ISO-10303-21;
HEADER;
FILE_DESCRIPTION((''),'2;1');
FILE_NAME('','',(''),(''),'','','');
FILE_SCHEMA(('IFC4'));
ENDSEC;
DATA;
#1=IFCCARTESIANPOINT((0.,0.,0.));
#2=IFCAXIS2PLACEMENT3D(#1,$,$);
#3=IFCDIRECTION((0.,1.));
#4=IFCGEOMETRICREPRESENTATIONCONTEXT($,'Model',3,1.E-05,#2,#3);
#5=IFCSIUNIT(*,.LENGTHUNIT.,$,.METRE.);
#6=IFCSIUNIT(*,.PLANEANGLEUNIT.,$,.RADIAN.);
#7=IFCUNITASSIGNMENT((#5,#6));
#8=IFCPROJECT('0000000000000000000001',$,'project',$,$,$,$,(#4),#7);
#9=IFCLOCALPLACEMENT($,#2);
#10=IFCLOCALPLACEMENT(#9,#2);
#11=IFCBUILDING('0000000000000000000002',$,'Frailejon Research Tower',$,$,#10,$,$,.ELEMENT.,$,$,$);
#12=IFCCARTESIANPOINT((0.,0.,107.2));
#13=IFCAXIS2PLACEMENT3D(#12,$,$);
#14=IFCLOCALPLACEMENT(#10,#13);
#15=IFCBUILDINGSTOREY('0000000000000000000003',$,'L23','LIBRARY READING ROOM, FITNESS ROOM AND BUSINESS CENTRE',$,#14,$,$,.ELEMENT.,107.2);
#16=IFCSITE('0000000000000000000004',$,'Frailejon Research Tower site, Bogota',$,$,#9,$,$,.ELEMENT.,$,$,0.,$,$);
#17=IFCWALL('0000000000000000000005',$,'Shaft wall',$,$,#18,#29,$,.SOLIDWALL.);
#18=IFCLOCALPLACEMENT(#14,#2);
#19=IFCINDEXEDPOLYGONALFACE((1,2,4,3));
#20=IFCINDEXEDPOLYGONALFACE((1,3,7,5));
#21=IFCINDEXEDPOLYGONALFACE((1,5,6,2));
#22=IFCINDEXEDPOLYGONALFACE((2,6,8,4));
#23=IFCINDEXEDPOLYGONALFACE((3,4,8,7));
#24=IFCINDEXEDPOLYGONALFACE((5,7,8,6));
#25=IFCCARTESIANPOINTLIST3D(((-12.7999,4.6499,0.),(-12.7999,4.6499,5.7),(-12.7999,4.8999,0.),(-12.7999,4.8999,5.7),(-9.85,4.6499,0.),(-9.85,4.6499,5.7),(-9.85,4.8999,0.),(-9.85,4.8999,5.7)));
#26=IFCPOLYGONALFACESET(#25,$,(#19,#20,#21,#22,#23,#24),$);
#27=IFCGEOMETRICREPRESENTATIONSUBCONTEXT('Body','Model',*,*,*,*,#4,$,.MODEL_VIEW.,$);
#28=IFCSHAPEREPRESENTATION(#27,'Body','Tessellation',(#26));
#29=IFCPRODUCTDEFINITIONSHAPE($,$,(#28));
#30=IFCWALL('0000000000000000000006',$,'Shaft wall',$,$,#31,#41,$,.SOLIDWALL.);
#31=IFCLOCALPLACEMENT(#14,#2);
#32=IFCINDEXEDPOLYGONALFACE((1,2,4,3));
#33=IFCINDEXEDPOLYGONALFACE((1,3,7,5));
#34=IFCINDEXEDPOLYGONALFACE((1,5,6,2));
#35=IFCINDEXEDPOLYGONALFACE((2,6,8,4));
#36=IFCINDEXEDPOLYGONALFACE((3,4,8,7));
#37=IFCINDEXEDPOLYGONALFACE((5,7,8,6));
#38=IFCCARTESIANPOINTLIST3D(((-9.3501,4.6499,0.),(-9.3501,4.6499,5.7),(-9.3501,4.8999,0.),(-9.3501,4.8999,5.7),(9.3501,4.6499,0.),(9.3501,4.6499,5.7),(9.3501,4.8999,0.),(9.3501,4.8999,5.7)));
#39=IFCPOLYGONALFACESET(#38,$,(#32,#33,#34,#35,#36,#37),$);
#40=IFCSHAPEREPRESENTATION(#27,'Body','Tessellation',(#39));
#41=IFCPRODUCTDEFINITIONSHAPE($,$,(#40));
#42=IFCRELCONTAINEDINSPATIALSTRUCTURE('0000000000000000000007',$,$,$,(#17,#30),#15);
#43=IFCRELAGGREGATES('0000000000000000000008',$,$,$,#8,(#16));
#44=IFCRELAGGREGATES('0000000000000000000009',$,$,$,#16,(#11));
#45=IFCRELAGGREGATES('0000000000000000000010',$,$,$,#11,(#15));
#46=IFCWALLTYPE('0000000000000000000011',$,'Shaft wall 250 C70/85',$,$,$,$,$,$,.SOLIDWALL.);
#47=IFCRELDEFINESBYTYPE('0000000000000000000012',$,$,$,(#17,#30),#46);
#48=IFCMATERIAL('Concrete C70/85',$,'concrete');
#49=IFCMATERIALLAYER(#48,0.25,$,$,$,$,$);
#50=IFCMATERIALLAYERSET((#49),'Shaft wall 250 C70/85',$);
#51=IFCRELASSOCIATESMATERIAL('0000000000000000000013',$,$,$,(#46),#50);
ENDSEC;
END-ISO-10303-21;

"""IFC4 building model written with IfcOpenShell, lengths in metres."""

from ifc_helpers import new_model, si_unit, direction, frame, frame_2d, origin, place, context, subcontext, project, spatial, rectangle, extrude, material, layer, layer_set, type_object, element, save


model = new_model("IFC4")

# Units and contexts
model_context = context("Model", 3, precision=1e-05, world=origin(), true_north=direction((0.0, 1.0)))
body_context = subcontext(model_context, "Body", "Model", "MODEL_VIEW")
ifc_project = project(units=[si_unit("LENGTHUNIT", "METRE"), si_unit("PLANEANGLEUNIT", "RADIAN")], contexts=[model_context])

# Site, building, storey
site_placement = place(None, origin())
site = spatial("IfcSite", under=ifc_project, at=site_placement, Name="Frailejon Research Tower site, Bogota", CompositionType="ELEMENT", RefElevation=0.0)
building_placement = place(site_placement, origin())
building = spatial("IfcBuilding", under=site, at=building_placement, Name="Frailejon Research Tower", CompositionType="ELEMENT")
storey_placement = place(building_placement, frame((0.0, 0.0, 107.2)))
storey = spatial("IfcBuildingStorey", under=building, at=storey_placement, Name="L23", Description="LIBRARY READING ROOM, FITNESS ROOM AND BUSINESS CENTRE", CompositionType="ELEMENT", Elevation=107.2)

# Shared definitions
ifc_material_1 = material(Name="Concrete C70/85", Category="concrete")
ifc_layer = layer(ifc_material_1, 0.25)
ifc_layer_set = layer_set([ifc_layer], Name="Shaft wall 250 C70/85")
wall_type = type_object("IfcWallType", Name="Shaft wall 250 C70/85", PredefinedType="SOLIDWALL", material=ifc_layer_set)

# Walls
wall_1_placement = place(storey_placement, frame((-12.8, 4.7749, 0.0), z_axis=(0.0, 0.0, 1.0), x_axis=(1.0, 0.0, 0.0)))
element("IfcWall", 1, at=wall_1_placement, inside=storey, type_object=wall_type, Name="Shaft wall", PredefinedType="SOLIDWALL", context=body_context, shape_type="SweptSolid", body=[
    extrude(rectangle(XDim=2.95, YDim=0.25, at=frame_2d((1.4751, 0.0))), origin(), (0.0, 0.0, 1.0), 5.7),
])
wall_2_placement = place(storey_placement, frame((-9.3501, 4.7749, 0.0), z_axis=(0.0, 0.0, 1.0), x_axis=(1.0, 0.0, 0.0)))
element("IfcWall", 2, at=wall_2_placement, inside=storey, type_object=wall_type, Name="Shaft wall", PredefinedType="SOLIDWALL", context=body_context, shape_type="SweptSolid", body=[
    extrude(rectangle(XDim=18.7002, YDim=0.25, at=frame_2d((9.3501, 0.0))), origin(), (0.0, 0.0, 1.0), 5.7),
])

save(model, "model.ifc")
